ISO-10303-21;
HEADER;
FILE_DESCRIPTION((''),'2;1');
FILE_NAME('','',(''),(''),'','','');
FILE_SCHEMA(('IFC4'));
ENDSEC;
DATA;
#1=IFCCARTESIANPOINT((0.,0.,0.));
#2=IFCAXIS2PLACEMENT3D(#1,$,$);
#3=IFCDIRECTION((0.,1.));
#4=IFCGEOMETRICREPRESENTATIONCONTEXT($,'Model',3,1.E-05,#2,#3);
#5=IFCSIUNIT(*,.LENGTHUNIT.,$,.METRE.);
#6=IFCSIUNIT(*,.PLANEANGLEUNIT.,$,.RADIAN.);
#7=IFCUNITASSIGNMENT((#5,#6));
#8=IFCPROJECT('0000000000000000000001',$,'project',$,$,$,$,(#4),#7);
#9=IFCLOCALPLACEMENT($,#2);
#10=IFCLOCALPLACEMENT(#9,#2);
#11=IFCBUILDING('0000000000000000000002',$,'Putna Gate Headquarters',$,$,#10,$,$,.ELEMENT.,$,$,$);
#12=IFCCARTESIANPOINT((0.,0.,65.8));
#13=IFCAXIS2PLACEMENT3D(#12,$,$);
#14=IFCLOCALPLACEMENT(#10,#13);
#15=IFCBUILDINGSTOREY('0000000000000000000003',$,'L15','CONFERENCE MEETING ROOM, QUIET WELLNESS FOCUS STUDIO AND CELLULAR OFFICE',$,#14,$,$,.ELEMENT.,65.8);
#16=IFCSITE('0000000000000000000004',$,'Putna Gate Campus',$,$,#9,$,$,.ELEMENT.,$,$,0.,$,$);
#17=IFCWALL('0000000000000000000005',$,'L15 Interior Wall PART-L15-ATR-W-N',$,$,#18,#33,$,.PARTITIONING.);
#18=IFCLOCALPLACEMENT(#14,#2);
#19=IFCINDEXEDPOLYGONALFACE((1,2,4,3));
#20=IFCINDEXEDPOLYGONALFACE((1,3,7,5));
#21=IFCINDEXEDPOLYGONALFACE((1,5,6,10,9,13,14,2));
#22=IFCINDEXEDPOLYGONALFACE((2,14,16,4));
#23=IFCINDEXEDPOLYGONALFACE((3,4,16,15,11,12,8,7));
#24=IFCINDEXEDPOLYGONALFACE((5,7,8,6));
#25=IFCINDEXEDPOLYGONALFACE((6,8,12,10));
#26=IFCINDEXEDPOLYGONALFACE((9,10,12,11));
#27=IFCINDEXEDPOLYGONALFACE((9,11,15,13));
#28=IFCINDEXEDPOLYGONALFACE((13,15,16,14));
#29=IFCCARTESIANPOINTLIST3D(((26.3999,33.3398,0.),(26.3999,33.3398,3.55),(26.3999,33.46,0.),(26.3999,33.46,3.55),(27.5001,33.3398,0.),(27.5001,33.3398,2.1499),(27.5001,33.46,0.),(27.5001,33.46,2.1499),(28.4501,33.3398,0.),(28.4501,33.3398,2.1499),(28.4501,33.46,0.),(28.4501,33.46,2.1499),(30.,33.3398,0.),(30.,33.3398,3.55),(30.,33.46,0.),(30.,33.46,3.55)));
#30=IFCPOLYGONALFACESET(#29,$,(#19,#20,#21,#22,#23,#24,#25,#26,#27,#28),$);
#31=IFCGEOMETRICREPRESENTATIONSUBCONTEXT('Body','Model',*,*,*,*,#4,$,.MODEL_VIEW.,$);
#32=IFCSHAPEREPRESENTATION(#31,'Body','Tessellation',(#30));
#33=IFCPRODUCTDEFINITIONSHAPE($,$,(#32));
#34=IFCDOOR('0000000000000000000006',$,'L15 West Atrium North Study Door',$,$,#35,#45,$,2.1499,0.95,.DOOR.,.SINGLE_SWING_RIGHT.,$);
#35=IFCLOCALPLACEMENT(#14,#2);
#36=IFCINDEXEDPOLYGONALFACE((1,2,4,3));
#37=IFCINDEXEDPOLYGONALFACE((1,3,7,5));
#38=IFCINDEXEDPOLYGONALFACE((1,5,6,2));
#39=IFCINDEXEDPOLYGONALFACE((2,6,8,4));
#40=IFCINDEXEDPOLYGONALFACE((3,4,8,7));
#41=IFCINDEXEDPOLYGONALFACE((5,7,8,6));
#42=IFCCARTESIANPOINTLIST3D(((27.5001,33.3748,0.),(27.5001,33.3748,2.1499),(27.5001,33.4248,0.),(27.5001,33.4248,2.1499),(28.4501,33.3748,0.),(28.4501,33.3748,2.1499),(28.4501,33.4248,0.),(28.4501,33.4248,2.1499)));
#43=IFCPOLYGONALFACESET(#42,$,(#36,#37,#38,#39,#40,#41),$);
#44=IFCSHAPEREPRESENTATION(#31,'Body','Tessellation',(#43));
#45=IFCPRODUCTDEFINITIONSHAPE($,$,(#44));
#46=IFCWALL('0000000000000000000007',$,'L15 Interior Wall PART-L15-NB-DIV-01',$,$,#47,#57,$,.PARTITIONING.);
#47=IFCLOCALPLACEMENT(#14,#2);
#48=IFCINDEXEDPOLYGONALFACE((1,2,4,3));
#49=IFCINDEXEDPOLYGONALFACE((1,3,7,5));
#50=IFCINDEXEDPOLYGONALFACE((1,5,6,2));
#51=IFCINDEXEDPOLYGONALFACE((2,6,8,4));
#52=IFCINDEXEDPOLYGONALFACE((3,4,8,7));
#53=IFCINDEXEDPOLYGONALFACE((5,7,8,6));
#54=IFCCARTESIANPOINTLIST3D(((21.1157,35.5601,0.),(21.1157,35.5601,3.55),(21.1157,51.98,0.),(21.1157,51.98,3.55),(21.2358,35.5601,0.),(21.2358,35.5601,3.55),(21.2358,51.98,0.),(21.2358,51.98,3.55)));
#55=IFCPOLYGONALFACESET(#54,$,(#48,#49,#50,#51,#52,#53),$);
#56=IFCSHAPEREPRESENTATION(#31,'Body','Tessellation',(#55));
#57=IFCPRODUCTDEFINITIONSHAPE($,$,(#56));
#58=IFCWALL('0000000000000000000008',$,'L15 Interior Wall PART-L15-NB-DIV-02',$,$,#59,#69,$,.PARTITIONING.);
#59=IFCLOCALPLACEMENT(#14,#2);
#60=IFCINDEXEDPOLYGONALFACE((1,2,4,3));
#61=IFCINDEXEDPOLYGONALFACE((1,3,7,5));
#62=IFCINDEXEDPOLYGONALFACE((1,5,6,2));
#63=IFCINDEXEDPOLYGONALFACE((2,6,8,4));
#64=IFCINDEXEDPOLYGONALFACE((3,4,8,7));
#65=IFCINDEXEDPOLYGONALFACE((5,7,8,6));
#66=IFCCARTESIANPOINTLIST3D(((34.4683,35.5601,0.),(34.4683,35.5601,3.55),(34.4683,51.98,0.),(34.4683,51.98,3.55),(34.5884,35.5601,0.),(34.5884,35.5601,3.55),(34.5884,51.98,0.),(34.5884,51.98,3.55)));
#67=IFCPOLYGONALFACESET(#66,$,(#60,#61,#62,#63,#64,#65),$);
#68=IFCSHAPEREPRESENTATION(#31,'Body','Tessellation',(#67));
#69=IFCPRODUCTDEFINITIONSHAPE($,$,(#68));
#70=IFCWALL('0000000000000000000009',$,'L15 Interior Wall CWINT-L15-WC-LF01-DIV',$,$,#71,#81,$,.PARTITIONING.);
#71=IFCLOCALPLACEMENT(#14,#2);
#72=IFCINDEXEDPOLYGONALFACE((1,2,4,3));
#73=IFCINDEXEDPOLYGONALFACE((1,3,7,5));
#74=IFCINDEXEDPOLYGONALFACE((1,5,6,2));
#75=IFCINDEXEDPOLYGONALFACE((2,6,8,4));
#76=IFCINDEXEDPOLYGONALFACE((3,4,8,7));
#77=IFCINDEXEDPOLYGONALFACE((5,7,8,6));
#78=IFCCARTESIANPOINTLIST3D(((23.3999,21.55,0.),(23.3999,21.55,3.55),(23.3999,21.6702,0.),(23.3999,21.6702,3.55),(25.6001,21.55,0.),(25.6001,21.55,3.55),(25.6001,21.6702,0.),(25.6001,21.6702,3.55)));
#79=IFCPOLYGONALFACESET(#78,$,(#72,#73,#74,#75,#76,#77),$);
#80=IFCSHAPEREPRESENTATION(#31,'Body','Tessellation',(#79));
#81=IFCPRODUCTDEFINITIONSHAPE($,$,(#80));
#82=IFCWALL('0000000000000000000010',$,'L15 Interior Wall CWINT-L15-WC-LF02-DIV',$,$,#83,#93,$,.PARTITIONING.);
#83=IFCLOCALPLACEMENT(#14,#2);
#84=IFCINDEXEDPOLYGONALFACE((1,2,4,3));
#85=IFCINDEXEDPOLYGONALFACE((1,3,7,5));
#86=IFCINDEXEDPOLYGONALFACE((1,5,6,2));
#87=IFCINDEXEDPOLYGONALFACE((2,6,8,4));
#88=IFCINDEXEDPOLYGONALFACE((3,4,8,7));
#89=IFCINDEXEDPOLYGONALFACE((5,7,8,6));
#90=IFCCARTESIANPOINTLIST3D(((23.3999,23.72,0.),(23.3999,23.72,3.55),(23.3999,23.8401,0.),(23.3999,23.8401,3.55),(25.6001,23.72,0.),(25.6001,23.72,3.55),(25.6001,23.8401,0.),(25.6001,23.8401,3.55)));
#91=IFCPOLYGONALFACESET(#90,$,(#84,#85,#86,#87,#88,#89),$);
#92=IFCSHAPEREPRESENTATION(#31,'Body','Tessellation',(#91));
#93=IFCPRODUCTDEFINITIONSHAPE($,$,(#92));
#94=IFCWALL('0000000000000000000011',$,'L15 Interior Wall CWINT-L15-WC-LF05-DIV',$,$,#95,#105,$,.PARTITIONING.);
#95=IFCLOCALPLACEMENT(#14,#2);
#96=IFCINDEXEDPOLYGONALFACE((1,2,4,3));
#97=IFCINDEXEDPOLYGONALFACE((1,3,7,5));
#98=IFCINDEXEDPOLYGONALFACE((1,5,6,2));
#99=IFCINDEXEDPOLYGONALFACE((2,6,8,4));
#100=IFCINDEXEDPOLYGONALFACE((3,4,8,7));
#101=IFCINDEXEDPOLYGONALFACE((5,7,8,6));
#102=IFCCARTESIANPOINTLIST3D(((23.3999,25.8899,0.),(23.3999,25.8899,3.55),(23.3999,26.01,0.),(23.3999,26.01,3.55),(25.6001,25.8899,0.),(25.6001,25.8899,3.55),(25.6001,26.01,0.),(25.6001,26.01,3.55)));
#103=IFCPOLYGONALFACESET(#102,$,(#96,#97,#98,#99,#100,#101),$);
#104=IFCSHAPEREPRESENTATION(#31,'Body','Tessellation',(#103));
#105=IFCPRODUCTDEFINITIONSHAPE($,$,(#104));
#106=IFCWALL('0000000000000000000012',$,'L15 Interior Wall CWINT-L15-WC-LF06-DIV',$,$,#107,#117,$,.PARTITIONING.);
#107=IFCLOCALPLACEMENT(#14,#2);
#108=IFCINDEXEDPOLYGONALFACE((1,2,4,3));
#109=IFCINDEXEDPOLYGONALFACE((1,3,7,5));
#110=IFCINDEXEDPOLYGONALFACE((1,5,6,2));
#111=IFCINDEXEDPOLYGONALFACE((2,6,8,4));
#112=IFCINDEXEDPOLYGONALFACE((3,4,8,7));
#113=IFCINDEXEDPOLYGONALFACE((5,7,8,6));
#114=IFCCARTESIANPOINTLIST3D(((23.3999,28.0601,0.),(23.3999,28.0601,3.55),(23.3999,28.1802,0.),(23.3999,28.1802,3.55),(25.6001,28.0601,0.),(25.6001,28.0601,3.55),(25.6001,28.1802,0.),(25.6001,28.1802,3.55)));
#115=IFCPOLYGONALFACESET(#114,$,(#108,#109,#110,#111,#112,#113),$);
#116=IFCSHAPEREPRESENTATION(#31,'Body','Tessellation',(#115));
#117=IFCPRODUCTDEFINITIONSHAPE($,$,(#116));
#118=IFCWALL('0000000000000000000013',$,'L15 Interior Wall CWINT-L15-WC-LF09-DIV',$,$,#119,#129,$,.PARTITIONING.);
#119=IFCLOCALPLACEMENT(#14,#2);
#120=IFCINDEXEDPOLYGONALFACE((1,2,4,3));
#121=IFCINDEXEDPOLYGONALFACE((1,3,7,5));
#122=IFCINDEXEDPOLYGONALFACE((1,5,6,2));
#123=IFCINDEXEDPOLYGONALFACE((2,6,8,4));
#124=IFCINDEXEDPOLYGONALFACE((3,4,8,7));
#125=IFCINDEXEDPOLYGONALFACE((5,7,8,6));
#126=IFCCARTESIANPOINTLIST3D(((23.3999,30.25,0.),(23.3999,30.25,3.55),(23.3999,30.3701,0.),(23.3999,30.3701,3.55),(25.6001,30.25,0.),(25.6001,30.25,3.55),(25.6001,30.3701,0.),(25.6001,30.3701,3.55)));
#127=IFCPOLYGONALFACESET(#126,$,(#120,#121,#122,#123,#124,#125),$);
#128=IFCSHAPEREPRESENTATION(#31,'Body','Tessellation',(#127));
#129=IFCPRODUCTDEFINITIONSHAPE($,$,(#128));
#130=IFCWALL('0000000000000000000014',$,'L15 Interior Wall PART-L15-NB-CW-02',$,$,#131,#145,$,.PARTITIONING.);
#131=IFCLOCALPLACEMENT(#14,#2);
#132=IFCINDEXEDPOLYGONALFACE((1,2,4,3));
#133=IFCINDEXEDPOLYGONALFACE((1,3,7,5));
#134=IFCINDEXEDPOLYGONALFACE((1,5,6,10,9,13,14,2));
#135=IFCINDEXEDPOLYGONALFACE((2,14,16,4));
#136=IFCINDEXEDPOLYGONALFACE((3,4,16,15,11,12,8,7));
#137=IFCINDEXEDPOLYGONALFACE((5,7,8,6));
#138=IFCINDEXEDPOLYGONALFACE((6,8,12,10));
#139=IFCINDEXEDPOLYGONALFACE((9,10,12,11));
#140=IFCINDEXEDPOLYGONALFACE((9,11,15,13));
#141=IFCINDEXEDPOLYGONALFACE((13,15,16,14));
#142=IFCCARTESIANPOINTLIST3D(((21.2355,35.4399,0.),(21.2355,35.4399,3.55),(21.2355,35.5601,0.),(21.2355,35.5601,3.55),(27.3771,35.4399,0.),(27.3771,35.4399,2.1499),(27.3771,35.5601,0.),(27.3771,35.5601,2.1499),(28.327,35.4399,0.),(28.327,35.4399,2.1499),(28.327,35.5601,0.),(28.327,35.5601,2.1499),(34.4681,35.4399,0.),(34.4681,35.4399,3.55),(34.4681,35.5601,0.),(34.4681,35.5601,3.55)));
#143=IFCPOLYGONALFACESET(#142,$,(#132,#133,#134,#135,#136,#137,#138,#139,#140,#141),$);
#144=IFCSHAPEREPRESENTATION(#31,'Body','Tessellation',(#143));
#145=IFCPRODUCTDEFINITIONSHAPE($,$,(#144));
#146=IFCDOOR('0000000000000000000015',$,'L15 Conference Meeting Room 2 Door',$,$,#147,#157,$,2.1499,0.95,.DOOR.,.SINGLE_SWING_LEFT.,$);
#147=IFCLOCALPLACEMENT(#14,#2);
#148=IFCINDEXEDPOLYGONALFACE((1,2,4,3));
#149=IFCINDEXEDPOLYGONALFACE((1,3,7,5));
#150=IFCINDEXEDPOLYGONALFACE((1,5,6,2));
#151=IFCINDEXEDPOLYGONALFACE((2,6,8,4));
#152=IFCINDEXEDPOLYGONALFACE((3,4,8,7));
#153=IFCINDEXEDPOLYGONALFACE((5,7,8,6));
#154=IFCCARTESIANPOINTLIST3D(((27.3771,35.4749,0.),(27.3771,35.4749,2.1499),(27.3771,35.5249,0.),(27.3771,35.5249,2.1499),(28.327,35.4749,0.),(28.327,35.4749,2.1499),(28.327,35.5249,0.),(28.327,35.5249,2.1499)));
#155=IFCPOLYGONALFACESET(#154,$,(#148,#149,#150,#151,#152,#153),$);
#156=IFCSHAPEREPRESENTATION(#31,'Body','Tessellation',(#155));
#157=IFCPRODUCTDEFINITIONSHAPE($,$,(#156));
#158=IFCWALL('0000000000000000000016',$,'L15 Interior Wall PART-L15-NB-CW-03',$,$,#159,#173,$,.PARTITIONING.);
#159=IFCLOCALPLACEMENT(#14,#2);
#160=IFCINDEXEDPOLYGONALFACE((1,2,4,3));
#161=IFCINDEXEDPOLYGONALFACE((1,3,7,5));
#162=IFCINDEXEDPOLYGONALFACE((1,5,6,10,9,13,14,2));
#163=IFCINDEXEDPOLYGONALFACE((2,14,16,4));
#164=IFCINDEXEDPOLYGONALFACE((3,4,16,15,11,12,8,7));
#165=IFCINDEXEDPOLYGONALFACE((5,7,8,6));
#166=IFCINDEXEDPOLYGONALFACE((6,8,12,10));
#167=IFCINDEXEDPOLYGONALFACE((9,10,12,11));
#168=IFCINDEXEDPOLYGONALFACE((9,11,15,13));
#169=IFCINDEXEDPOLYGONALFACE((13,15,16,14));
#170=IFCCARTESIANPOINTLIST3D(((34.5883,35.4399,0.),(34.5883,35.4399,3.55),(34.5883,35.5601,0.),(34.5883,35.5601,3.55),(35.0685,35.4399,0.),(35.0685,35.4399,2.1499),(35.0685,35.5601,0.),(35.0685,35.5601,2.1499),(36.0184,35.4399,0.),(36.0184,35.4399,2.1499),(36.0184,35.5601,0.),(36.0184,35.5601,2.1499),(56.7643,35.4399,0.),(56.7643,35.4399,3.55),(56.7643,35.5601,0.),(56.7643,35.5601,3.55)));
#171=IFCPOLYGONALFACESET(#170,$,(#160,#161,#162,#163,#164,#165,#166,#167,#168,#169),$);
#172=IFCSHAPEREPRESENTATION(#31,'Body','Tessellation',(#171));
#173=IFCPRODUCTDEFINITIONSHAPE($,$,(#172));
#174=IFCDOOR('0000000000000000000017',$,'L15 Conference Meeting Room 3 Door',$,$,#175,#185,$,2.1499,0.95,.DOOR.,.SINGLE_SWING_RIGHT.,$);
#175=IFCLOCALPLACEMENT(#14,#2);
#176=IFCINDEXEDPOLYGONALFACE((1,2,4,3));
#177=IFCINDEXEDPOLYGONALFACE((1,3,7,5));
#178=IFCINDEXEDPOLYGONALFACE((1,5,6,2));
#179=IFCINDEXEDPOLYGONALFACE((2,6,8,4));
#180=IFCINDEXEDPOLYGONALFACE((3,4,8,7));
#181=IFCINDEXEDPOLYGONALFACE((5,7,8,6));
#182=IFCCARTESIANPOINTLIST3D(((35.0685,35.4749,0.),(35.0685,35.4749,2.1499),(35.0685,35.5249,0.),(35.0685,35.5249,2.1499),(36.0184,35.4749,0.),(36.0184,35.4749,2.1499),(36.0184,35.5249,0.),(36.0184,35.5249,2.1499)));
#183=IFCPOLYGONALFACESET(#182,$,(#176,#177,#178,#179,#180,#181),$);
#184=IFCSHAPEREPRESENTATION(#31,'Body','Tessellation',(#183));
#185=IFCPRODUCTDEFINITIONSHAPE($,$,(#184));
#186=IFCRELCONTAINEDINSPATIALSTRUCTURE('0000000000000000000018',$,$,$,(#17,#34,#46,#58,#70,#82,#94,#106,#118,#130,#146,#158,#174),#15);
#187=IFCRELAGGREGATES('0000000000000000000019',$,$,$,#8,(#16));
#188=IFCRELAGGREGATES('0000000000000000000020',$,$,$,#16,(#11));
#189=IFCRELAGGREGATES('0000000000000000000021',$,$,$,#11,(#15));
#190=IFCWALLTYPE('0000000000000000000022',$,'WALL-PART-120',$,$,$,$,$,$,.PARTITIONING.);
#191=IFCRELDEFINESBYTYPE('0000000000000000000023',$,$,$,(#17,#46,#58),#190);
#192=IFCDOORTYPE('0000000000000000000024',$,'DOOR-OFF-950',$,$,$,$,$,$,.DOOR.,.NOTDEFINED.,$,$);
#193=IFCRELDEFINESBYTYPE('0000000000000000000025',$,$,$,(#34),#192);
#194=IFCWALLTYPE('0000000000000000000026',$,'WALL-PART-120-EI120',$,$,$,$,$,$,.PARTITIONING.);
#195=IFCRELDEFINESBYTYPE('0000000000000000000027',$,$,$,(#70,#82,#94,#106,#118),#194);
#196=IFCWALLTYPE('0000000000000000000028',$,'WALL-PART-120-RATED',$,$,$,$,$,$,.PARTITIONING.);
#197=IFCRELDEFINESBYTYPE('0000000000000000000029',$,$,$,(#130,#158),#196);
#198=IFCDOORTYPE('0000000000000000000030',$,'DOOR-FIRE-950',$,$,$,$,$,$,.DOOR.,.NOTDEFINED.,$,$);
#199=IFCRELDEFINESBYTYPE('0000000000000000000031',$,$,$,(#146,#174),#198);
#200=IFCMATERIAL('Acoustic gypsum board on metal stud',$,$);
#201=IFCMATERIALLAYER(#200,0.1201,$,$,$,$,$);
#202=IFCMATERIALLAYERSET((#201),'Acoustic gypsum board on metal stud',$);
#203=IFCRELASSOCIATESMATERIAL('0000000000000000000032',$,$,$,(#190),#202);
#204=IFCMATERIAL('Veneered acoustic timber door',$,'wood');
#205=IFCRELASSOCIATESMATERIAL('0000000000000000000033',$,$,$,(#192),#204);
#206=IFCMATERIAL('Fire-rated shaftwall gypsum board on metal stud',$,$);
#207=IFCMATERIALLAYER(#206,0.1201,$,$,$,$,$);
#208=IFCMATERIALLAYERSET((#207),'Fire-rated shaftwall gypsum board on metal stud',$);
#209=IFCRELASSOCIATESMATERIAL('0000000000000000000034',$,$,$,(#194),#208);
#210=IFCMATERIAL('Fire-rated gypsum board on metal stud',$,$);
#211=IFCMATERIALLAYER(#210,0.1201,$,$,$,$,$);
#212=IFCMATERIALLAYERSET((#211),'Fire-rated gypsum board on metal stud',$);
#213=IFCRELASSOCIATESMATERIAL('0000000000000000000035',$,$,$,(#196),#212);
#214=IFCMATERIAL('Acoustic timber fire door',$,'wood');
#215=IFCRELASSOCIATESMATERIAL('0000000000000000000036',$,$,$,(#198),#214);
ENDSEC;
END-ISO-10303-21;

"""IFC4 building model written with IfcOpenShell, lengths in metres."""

from ifc_helpers import new_model, si_unit, direction, frame, frame_2d, origin, place, context, subcontext, project, spatial, rectangle, extrude, material, layer, layer_set, type_object, element, fill, save


model = new_model("IFC4")

# Units and contexts
model_context = context("Model", 3, precision=1e-05, world=origin(), true_north=direction((0.0, 1.0)))
body_context = subcontext(model_context, "Body", "Model", "MODEL_VIEW")
ifc_project = project(units=[si_unit("LENGTHUNIT", "METRE"), si_unit("PLANEANGLEUNIT", "RADIAN")], contexts=[model_context])

# Site, building, storey
site_placement = place(None, origin())
site = spatial("IfcSite", under=ifc_project, at=site_placement, Name="Putna Gate Campus", CompositionType="ELEMENT", RefElevation=0.0)
building_placement = place(site_placement, origin())
building = spatial("IfcBuilding", under=site, at=building_placement, Name="Putna Gate Headquarters", CompositionType="ELEMENT")
storey_placement = place(building_placement, frame((0.0, 0.0, 65.8)))
storey = spatial("IfcBuildingStorey", under=building, at=storey_placement, Name="L15", Description="CONFERENCE MEETING ROOM, QUIET WELLNESS FOCUS STUDIO AND CELLULAR OFFICE", CompositionType="ELEMENT", Elevation=65.8)

# Shared definitions
ifc_material_1 = material(Name="Acoustic gypsum board on metal stud")
ifc_layer_1 = layer(ifc_material_1, 0.1201)
ifc_layer_set_1 = layer_set([ifc_layer_1], Name="Acoustic gypsum board on metal stud")
wall_type_1 = type_object("IfcWallType", Name="WALL-PART-120", PredefinedType="PARTITIONING", material=ifc_layer_set_1)

# Wall, opening, door
wall_1_placement = place(storey_placement, frame((26.3999, 33.3999, 0.0), z_axis=(0.0, 0.0, 1.0), x_axis=(1.0, 0.0, 0.0)))
wall_1 = element("IfcWall", 1, at=wall_1_placement, inside=storey, type_object=wall_type_1, Name="L15 Interior Wall PART-L15-ATR-W-N", PredefinedType="PARTITIONING", context=body_context, shape_type="SweptSolid", body=[
    extrude(rectangle(XDim=3.6001, YDim=0.1201, at=frame_2d((1.8, 0.0))), origin(), (0.0, 0.0, 1.0), 3.55),
])
opening_1_placement = place(wall_1_placement, frame((1.1001, 0.0, 0.0)))
opening_1 = element("IfcOpeningElement", 2, at=opening_1_placement, cuts=wall_1, PredefinedType="OPENING", context=body_context, shape_type="SweptSolid", body=[
    extrude(rectangle(XDim=0.95, YDim=2.1499, at=frame_2d((0.4751, 1.075))), frame((0.0, 0.0701, 0.0), z_axis=(0.0, -1.0, 0.0), x_axis=(1.0, 0.0, 0.0)), (0.0, 0.0, 1.0), 0.1401),
])
ifc_material_2 = material(Name="Veneered acoustic timber door", Category="wood")
door_type_1 = type_object("IfcDoorType", Name="DOOR-OFF-950", OperationType="NOTDEFINED", PredefinedType="DOOR", material=ifc_material_2)
door_1_placement = place(opening_1_placement, origin())
door_1 = element("IfcDoor", 3, at=door_1_placement, inside=storey, type_object=door_type_1, Name="L15 West Atrium North Study Door", OperationType="SINGLE_SWING_RIGHT", OverallHeight=2.1499, OverallWidth=0.95, PredefinedType="DOOR", context=body_context, shape_type="SweptSolid", body=[
    extrude(rectangle(XDim=0.95, YDim=2.1499, at=frame_2d((0.4751, 1.075))), frame((0.0, 0.0249, 0.0), z_axis=(0.0, -1.0, 0.0), x_axis=(1.0, 0.0, 0.0)), (0.0, 0.0, 1.0), 0.05),
])
fill(opening_1, door_1)

# Walls
for number, where, z_axis, x_axis, name in (
    (4, (21.1758, 35.5601, 0.0), (0.0, 0.0, 1.0), (0.0, 1.0, 0.0), "L15 Interior Wall PART-L15-NB-DIV-01"),
    (5, (34.5283, 35.5601, 0.0), (0.0, 0.0, 1.0), (0.0, 1.0, 0.0), "L15 Interior Wall PART-L15-NB-DIV-02"),
):
    element("IfcWall", number, at=place(storey_placement, frame(where, z_axis=z_axis, x_axis=x_axis)), inside=storey, type_object=wall_type_1, Name=name, PredefinedType="PARTITIONING", context=body_context, shape_type="SweptSolid", body=[
        extrude(rectangle(XDim=16.4199, YDim=0.1201, at=frame_2d((8.21, 0.0))), origin(), (0.0, 0.0, 1.0), 3.55),
    ])
ifc_material_3 = material(Name="Fire-rated shaftwall gypsum board on metal stud")
ifc_layer_2 = layer(ifc_material_3, 0.1201)
ifc_layer_set_2 = layer_set([ifc_layer_2], Name="Fire-rated shaftwall gypsum board on metal stud")
wall_type_2 = type_object("IfcWallType", Name="WALL-PART-120-EI120", PredefinedType="PARTITIONING", material=ifc_layer_set_2)
for number, where, z_axis, x_axis, name in (
    (6, (23.3999, 21.6101, 0.0), (0.0, 0.0, 1.0), (1.0, 0.0, 0.0), "L15 Interior Wall CWINT-L15-WC-LF01-DIV"),
    (7, (23.3999, 23.78, 0.0), (0.0, 0.0, 1.0), (1.0, 0.0, 0.0), "L15 Interior Wall CWINT-L15-WC-LF02-DIV"),
    (8, (23.3999, 25.95, 0.0), (0.0, 0.0, 1.0), (1.0, 0.0, 0.0), "L15 Interior Wall CWINT-L15-WC-LF05-DIV"),
    (9, (23.3999, 28.1201, 0.0), (0.0, 0.0, 1.0), (1.0, 0.0, 0.0), "L15 Interior Wall CWINT-L15-WC-LF06-DIV"),
    (10, (23.3999, 30.3101, 0.0), (0.0, 0.0, 1.0), (1.0, 0.0, 0.0), "L15 Interior Wall CWINT-L15-WC-LF09-DIV"),
):
    element("IfcWall", number, at=place(storey_placement, frame(where, z_axis=z_axis, x_axis=x_axis)), inside=storey, type_object=wall_type_2, Name=name, PredefinedType="PARTITIONING", context=body_context, shape_type="SweptSolid", body=[
        extrude(rectangle(XDim=2.2002, YDim=0.1201, at=frame_2d((1.1001, 0.0))), origin(), (0.0, 0.0, 1.0), 3.55),
    ])

# Walls, openings, doors
ifc_material_4 = material(Name="Fire-rated gypsum board on metal stud")
ifc_layer_3 = layer(ifc_material_4, 0.1201)
ifc_layer_set_3 = layer_set([ifc_layer_3], Name="Fire-rated gypsum board on metal stud")
wall_type_3 = type_object("IfcWallType", Name="WALL-PART-120-RATED", PredefinedType="PARTITIONING", material=ifc_layer_set_3)
wall_2_placement = place(storey_placement, frame((21.2356, 35.5, 0.0), z_axis=(0.0, 0.0, 1.0), x_axis=(1.0, 0.0, 0.0)))
wall_2 = element("IfcWall", 11, at=wall_2_placement, inside=storey, type_object=wall_type_3, Name="L15 Interior Wall PART-L15-NB-CW-02", PredefinedType="PARTITIONING", context=body_context, shape_type="SweptSolid", body=[
    extrude(rectangle(XDim=13.2327, YDim=0.1201, at=frame_2d((6.6162, 0.0))), origin(), (0.0, 0.0, 1.0), 3.55),
])
opening_2_placement = place(wall_2_placement, frame((6.1414, 0.0, 0.0)))
opening_2 = element("IfcOpeningElement", 12, at=opening_2_placement, cuts=wall_2, PredefinedType="OPENING", context=body_context, shape_type="SweptSolid", body=[
    extrude(rectangle(XDim=0.95, YDim=2.1499, at=frame_2d((0.4751, 1.075))), frame((0.0, 0.0701, 0.0), z_axis=(0.0, -1.0, 0.0), x_axis=(1.0, 0.0, 0.0)), (0.0, 0.0, 1.0), 0.1401),
])
ifc_material_5 = material(Name="Acoustic timber fire door", Category="wood")
door_type_2 = type_object("IfcDoorType", Name="DOOR-FIRE-950", OperationType="NOTDEFINED", PredefinedType="DOOR", material=ifc_material_5)
door_2_placement = place(opening_2_placement, origin())
door_2 = element("IfcDoor", 13, at=door_2_placement, inside=storey, type_object=door_type_2, Name="L15 Conference Meeting Room 2 Door", OperationType="SINGLE_SWING_LEFT", OverallHeight=2.1499, OverallWidth=0.95, PredefinedType="DOOR", context=body_context, shape_type="SweptSolid", body=[
    extrude(rectangle(XDim=0.95, YDim=2.1499, at=frame_2d((0.4751, 1.075))), frame((0.0, 0.0249, 0.0), z_axis=(0.0, -1.0, 0.0), x_axis=(1.0, 0.0, 0.0)), (0.0, 0.0, 1.0), 0.05),
])
fill(opening_2, door_2)
wall_3_placement = place(storey_placement, frame((34.5884, 35.5, 0.0), z_axis=(0.0, 0.0, 1.0), x_axis=(1.0, 0.0, 0.0)))
wall_3 = element("IfcWall", 14, at=wall_3_placement, inside=storey, type_object=wall_type_3, Name="L15 Interior Wall PART-L15-NB-CW-03", PredefinedType="PARTITIONING", context=body_context, shape_type="SweptSolid", body=[
    extrude(rectangle(XDim=22.176, YDim=0.1201, at=frame_2d((11.0879, 0.0))), origin(), (0.0, 0.0, 1.0), 3.55),
])
opening_3_placement = place(wall_3_placement, frame((0.48, 0.0, 0.0)))
opening_3 = element("IfcOpeningElement", 15, at=opening_3_placement, cuts=wall_3, PredefinedType="OPENING", context=body_context, shape_type="SweptSolid", body=[
    extrude(rectangle(XDim=0.95, YDim=2.1499, at=frame_2d((0.4751, 1.075))), frame((0.0, 0.0701, 0.0), z_axis=(0.0, -1.0, 0.0), x_axis=(1.0, 0.0, 0.0)), (0.0, 0.0, 1.0), 0.1401),
])
door_3_placement = place(opening_3_placement, origin())
door_3 = element("IfcDoor", 16, at=door_3_placement, inside=storey, type_object=door_type_2, Name="L15 Conference Meeting Room 3 Door", OperationType="SINGLE_SWING_RIGHT", OverallHeight=2.1499, OverallWidth=0.95, PredefinedType="DOOR", context=body_context, shape_type="SweptSolid", body=[
    extrude(rectangle(XDim=0.95, YDim=2.1499, at=frame_2d((0.4751, 1.075))), frame((0.0, 0.0249, 0.0), z_axis=(0.0, -1.0, 0.0), x_axis=(1.0, 0.0, 0.0)), (0.0, 0.0, 1.0), 0.05),
])
fill(opening_3, door_3)

save(model, "model.ifc")
